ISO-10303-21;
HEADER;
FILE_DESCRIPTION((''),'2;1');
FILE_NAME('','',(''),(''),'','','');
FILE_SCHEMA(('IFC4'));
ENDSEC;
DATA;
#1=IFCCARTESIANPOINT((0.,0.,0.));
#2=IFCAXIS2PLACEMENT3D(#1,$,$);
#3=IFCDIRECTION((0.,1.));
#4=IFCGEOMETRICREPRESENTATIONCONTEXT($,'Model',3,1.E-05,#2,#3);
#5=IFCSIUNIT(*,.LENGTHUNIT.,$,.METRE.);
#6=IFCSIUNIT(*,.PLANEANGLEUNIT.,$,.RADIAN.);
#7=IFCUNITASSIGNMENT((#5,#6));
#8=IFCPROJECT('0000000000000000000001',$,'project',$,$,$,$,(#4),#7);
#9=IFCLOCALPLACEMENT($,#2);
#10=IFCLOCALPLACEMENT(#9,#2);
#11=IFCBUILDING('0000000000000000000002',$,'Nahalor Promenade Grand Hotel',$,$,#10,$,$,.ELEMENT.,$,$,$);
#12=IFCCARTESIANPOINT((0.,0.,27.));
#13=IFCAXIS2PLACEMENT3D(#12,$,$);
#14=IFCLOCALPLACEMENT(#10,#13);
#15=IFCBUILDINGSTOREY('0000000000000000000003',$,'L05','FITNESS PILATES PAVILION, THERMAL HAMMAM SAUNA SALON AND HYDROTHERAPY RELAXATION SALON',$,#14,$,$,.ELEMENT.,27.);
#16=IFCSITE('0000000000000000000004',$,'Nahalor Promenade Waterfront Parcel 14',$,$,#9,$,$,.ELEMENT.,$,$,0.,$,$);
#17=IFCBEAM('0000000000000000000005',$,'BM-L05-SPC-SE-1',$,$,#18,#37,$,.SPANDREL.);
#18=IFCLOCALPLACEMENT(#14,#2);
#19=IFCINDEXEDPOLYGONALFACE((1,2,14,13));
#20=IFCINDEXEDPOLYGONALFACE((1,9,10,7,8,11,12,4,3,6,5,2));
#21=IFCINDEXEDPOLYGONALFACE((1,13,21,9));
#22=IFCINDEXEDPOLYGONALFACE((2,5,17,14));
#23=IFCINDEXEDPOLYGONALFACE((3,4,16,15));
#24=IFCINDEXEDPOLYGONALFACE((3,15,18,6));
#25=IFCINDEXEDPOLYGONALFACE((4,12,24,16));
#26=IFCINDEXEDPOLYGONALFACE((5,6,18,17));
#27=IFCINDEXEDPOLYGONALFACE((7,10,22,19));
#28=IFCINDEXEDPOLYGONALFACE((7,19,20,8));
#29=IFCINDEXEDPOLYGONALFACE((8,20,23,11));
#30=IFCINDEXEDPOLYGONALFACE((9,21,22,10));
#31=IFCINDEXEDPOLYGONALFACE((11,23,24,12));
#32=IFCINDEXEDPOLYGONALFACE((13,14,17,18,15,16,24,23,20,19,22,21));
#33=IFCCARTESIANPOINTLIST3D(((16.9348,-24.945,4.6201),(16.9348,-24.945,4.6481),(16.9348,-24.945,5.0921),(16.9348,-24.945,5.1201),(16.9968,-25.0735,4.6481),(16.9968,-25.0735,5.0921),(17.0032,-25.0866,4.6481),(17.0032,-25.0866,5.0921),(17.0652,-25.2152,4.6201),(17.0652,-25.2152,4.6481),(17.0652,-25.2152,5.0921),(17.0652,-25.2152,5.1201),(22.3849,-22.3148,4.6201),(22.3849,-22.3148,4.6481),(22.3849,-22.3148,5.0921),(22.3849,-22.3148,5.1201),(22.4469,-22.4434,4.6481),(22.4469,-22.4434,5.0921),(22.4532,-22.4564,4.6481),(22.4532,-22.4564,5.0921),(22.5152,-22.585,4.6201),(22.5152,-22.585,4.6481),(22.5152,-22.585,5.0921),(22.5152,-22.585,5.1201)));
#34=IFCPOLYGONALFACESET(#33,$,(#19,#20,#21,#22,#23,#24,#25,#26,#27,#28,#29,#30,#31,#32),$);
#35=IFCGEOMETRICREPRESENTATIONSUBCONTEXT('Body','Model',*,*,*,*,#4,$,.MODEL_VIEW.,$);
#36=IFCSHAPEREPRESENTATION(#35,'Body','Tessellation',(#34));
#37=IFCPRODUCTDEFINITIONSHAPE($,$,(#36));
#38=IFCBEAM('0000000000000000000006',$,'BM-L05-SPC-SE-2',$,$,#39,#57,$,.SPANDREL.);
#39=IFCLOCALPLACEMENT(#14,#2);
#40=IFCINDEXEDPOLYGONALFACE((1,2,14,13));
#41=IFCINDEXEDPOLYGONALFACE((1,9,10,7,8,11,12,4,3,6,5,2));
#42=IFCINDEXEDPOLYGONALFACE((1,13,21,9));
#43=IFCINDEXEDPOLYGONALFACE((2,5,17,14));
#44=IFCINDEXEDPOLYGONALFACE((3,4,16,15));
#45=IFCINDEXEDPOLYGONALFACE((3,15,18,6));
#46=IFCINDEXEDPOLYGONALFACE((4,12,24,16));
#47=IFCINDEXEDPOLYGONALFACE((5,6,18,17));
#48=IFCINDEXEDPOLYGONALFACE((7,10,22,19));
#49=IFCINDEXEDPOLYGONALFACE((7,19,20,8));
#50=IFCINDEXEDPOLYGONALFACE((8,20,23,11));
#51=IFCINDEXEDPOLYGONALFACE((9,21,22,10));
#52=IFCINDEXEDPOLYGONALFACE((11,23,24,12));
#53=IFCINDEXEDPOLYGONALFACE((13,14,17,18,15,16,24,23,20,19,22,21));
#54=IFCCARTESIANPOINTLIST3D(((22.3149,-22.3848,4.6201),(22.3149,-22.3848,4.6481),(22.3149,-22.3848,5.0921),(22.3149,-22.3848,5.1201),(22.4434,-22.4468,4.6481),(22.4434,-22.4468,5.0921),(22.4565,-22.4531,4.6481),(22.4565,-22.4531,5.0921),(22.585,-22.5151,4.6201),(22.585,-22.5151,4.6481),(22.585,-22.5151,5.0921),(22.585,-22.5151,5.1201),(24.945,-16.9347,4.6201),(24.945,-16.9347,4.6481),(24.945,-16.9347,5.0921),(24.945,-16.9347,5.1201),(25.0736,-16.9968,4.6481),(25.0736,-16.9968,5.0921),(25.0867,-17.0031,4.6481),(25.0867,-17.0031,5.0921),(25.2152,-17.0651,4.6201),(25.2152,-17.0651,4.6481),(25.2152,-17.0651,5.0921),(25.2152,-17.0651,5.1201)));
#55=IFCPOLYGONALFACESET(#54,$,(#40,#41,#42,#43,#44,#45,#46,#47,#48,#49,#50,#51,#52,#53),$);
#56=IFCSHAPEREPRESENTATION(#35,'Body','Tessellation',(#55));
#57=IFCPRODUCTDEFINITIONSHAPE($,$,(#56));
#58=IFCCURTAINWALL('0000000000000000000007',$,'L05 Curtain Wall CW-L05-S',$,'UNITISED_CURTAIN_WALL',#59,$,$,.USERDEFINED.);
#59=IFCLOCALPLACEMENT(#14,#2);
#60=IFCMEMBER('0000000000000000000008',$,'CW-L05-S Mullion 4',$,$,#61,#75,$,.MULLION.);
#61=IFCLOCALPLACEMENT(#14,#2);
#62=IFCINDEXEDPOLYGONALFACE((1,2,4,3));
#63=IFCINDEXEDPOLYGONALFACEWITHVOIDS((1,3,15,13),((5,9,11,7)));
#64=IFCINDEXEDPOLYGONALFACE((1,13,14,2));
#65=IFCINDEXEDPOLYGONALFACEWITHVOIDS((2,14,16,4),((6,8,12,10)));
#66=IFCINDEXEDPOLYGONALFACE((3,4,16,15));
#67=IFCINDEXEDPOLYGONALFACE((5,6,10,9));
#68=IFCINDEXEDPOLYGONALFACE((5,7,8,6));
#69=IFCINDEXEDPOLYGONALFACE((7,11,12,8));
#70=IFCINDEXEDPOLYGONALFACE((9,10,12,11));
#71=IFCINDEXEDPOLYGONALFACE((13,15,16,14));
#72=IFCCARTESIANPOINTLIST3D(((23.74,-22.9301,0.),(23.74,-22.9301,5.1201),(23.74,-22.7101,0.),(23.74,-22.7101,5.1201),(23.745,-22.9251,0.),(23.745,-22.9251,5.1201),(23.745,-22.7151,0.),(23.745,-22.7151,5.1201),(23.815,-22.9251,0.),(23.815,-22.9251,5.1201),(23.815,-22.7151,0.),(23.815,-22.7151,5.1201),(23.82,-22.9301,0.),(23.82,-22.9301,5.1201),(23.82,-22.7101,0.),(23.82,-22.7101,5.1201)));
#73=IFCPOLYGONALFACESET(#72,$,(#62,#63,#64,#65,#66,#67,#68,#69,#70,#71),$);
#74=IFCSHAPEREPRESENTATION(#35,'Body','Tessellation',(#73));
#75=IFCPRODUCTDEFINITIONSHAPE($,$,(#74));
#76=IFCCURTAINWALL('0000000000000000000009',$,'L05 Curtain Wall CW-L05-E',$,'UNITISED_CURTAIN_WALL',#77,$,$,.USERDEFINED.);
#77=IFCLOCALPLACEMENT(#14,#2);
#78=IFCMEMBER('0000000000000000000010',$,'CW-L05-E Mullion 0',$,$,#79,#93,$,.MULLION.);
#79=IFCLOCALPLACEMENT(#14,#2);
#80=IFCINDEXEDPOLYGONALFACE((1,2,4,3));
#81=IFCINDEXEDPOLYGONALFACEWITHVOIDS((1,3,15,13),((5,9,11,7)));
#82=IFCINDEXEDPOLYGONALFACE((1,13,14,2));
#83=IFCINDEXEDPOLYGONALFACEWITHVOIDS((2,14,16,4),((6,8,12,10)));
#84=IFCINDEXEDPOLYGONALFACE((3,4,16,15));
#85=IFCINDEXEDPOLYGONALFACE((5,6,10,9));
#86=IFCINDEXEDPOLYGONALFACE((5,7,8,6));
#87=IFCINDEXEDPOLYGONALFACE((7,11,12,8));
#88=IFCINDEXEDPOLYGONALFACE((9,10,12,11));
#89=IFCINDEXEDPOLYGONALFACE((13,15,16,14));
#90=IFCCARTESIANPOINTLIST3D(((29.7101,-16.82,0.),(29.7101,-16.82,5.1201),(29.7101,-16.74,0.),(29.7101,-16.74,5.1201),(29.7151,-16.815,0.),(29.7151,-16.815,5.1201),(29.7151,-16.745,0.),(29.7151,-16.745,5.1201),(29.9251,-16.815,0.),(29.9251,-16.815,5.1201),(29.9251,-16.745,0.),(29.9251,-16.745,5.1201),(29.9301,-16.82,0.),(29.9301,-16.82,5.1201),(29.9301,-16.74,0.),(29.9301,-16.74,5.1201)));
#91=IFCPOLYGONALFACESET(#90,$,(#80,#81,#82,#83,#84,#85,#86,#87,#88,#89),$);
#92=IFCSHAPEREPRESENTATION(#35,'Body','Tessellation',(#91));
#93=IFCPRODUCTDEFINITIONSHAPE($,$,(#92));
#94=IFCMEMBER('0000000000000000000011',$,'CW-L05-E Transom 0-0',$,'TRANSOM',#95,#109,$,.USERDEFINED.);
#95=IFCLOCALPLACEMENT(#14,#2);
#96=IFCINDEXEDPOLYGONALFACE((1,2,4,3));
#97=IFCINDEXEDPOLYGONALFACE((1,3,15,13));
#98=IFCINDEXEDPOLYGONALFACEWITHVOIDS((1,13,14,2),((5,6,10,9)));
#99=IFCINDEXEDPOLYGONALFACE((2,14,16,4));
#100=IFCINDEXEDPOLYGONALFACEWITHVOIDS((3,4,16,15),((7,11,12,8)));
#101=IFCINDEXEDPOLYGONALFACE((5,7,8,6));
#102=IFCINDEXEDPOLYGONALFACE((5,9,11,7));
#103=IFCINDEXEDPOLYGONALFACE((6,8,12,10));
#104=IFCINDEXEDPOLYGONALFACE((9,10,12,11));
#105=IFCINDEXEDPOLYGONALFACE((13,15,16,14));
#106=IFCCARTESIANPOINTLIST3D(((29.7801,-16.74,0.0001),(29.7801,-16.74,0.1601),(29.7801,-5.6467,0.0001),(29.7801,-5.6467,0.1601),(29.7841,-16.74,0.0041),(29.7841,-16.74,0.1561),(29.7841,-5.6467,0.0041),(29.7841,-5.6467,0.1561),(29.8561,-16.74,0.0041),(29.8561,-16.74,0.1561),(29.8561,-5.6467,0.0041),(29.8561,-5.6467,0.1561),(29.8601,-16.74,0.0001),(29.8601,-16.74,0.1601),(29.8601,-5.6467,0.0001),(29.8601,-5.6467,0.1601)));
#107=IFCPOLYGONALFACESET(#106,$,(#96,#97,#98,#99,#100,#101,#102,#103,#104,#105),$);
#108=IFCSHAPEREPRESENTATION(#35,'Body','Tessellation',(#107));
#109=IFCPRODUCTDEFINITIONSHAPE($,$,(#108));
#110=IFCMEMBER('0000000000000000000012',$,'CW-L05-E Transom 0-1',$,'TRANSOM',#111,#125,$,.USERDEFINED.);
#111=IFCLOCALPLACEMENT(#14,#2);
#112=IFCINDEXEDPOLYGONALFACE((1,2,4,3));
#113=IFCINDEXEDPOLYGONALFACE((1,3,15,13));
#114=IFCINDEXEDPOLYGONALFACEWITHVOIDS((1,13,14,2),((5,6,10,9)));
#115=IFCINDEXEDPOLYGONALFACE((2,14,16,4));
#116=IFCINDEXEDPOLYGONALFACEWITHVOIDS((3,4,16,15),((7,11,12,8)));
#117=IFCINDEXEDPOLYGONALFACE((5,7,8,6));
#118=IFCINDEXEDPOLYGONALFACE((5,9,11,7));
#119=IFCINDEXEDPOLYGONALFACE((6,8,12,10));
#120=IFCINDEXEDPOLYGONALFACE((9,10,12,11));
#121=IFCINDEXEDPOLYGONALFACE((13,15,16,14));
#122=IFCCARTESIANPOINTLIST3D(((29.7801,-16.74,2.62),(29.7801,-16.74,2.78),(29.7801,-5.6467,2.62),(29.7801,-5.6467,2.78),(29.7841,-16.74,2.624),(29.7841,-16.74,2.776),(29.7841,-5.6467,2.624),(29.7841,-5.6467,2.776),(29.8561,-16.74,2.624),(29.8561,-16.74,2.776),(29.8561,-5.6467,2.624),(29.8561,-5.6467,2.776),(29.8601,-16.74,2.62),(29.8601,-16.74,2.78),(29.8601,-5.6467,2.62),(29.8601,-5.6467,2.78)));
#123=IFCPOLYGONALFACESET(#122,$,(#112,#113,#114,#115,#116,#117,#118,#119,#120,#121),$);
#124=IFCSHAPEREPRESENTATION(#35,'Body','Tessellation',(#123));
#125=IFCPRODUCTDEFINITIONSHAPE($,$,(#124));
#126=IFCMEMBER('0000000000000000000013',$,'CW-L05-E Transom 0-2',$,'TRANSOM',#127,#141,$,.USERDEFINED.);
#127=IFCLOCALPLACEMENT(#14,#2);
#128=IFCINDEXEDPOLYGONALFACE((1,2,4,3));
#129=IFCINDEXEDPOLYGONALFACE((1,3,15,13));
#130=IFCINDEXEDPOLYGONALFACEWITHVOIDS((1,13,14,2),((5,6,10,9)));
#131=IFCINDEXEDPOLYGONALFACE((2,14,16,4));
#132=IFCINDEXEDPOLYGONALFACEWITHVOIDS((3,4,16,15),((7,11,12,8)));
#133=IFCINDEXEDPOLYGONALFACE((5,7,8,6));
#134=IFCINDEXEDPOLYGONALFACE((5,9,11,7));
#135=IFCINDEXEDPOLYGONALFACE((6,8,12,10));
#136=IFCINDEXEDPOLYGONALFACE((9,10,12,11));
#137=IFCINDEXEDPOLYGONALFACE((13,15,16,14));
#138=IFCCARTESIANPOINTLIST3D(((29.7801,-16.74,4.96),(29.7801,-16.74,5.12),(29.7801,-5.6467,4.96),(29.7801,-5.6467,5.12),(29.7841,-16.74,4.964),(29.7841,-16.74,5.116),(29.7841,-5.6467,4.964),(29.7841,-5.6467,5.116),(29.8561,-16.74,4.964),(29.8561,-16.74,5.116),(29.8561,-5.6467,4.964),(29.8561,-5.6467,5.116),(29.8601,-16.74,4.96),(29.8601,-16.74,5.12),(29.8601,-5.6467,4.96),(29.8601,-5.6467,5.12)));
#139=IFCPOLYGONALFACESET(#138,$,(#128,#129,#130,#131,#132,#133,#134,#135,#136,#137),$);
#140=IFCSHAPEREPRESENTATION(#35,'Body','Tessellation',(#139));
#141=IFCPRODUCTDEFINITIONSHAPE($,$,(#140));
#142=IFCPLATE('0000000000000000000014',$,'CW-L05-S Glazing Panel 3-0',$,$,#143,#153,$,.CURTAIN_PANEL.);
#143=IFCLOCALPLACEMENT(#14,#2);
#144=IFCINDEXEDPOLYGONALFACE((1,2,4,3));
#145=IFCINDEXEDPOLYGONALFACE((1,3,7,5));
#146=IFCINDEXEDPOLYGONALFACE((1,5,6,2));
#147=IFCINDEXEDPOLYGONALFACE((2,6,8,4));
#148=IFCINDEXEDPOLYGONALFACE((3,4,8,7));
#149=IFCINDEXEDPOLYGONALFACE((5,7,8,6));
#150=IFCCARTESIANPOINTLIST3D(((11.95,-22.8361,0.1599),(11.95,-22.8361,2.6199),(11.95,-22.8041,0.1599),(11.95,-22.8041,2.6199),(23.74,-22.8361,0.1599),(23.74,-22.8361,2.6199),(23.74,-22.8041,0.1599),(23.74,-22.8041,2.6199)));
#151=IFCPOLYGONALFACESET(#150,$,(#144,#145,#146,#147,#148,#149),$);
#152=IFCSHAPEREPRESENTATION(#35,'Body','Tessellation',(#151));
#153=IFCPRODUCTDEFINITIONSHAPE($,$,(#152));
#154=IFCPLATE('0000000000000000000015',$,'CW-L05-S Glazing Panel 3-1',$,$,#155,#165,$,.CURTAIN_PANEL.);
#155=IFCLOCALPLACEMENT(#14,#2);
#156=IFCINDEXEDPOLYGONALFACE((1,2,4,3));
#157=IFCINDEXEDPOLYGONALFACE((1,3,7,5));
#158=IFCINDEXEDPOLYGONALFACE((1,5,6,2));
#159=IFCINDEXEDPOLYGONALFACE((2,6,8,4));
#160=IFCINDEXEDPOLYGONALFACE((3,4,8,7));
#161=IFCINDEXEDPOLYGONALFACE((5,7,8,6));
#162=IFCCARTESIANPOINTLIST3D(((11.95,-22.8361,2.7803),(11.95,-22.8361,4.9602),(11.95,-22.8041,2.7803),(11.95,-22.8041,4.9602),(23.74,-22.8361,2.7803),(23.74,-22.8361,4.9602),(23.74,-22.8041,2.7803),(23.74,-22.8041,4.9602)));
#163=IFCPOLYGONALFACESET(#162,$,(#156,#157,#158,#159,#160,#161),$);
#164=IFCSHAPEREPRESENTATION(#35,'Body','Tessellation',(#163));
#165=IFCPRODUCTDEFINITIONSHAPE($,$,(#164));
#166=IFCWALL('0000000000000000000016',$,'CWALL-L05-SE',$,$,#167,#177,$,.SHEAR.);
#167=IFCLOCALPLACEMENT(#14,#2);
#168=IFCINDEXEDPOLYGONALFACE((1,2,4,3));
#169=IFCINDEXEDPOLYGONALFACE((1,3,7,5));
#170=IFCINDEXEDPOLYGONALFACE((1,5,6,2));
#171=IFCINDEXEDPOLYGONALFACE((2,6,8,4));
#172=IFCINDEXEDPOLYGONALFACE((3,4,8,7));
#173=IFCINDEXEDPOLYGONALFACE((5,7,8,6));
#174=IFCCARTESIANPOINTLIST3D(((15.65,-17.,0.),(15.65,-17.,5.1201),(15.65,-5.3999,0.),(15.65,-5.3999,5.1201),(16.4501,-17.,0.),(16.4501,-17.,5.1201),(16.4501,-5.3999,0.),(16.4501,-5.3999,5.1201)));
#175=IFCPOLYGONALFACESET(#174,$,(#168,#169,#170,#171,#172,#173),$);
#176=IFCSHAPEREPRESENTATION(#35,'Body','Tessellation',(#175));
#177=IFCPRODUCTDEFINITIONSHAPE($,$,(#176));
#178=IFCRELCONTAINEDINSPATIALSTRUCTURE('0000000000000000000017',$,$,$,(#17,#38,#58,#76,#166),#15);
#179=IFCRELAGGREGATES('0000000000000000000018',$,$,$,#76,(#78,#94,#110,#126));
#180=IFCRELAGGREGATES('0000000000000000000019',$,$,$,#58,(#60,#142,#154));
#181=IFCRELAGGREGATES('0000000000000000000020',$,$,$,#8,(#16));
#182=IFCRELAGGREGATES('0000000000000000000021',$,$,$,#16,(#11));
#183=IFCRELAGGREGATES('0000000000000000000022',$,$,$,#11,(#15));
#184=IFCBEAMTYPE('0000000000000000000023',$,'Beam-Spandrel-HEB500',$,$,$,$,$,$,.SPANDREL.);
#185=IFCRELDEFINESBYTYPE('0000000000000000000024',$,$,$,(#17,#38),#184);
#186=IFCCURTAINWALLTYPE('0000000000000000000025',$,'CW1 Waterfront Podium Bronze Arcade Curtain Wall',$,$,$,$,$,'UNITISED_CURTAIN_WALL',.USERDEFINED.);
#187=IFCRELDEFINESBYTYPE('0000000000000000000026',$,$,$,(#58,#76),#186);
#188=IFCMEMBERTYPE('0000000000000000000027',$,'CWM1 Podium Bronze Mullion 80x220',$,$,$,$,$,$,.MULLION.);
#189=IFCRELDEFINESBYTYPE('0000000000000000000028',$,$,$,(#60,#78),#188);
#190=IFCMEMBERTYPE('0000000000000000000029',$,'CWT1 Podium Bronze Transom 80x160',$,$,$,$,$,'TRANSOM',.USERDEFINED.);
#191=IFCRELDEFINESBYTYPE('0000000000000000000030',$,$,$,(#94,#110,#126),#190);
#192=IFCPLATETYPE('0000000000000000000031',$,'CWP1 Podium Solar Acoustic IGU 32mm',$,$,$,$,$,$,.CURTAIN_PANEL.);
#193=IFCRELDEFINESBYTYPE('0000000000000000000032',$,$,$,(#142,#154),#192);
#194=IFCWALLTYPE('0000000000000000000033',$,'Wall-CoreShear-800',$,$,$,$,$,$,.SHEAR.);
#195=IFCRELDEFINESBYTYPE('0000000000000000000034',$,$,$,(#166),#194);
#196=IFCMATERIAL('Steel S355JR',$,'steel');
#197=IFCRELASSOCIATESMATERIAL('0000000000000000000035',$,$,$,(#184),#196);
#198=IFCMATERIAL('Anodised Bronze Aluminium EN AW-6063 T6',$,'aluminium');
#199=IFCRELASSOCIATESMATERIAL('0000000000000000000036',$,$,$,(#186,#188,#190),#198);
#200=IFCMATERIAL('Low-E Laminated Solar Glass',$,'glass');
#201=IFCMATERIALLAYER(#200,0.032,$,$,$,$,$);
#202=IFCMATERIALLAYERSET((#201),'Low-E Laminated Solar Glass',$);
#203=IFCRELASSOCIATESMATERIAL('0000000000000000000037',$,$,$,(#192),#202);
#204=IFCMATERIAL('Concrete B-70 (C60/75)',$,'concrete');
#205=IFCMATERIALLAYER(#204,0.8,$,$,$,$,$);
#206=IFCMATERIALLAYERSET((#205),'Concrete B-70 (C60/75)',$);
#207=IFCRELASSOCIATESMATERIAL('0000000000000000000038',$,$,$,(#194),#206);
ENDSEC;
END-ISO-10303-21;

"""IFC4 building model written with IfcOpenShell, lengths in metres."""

from ifc_helpers import new_model, si_unit, direction, frame, frame_2d, origin, origin_2d, place, context, subcontext, project, spatial, rectangle, hollow_rectangle, i_section, extrude, source, transform, mapped, material, layer, layer_set, material_profile, profile_set, type_object, element, aggregate, save


model = new_model("IFC4")

# Units and contexts
model_context = context("Model", 3, precision=1e-05, world=origin(), true_north=direction((0.0, 1.0)))
body_context = subcontext(model_context, "Body", "Model", "MODEL_VIEW")
ifc_project = project(units=[si_unit("LENGTHUNIT", "METRE"), si_unit("PLANEANGLEUNIT", "RADIAN")], contexts=[model_context])

# Site, building, storey
site_placement = place(None, origin())
site = spatial("IfcSite", under=ifc_project, at=site_placement, Name="Nahalor Promenade Waterfront Parcel 14", CompositionType="ELEMENT", RefElevation=0.0)
building_placement = place(site_placement, origin())
building = spatial("IfcBuilding", under=site, at=building_placement, Name="Nahalor Promenade Grand Hotel", CompositionType="ELEMENT")
storey_placement = place(building_placement, frame((0.0, 0.0, 27.0)))
storey = spatial("IfcBuildingStorey", under=building, at=storey_placement, Name="L05", Description="FITNESS PILATES PAVILION, THERMAL HAMMAM SAUNA SALON AND HYDROTHERAPY RELAXATION SALON", CompositionType="ELEMENT", Elevation=27.0)

# Shared definitions
ifc_material_1 = material(Name="Concrete B-70 (C60/75)", Category="concrete")

# Beams
ifc_material_2 = material(Name="Steel S355JR", Category="steel")
ifc_material_profile_1 = material_profile(ifc_material_2, i_section(OverallWidth=0.3, OverallDepth=0.5, WebThickness=0.0145, FlangeThickness=0.028, at=origin_2d()), Name="HEB 500")
ifc_profile_set_1 = profile_set([ifc_material_profile_1], Name="Steel S355JR")
beam_type_1 = type_object("IfcBeamType", Name="Beam-Spandrel-HEB500", PredefinedType="SPANDREL", material=ifc_profile_set_1)
shared_shape_1 = source(origin(), body_context, "Body", "SweptSolid", [
    extrude(i_section(OverallWidth=0.3, OverallDepth=0.5, WebThickness=0.0145, FlangeThickness=0.028, at=origin_2d()), origin(), (0.0, 0.0, 1.0), 6.0515),
])
for number, where, z_axis, x_axis, name in (
    (1, (17.0, -25.0801, 4.8701), (0.900609, 0.434631, 0.0), (-0.434631, 0.900609, 0.0), "BM-L05-SPC-SE-1"),
    (2, (22.45, -22.45, 4.8701), (0.434631, 0.900609, 0.0), (-0.900609, 0.434631, 0.0), "BM-L05-SPC-SE-2"),
):
    element("IfcBeam", number, at=place(storey_placement, frame(where, z_axis=z_axis, x_axis=x_axis)), inside=storey, type_object=beam_type_1, Name=name, PredefinedType="SPANDREL", context=body_context, shape_type="MappedRepresentation", body=[
        mapped(shared_shape_1, transform((0.0, 0.0, 0.0), scale=1.0)),
    ])

# Curtain wall, member
ifc_material_3 = material(Name="Anodised Bronze Aluminium EN AW-6063 T6", Category="aluminium")
curtain_wall_type = type_object("IfcCurtainWallType", Name="CW1 Waterfront Podium Bronze Arcade Curtain Wall", ElementType="UNITISED_CURTAIN_WALL", PredefinedType="USERDEFINED", material=ifc_material_3)
curtain_wall_1_placement = place(storey_placement, origin())
curtain_wall_1 = element("IfcCurtainWall", 3, at=curtain_wall_1_placement, inside=storey, type_object=curtain_wall_type, Name="L05 Curtain Wall CW-L05-S", ObjectType="UNITISED_CURTAIN_WALL", PredefinedType="USERDEFINED")
ifc_material_profile_2 = material_profile(ifc_material_3, hollow_rectangle(XDim=0.08, YDim=0.22, WallThickness=0.005, at=origin_2d()), Name="CWM 80x220x5")
ifc_profile_set_2 = profile_set([ifc_material_profile_2], Name="Anodised Bronze Aluminium EN AW-6063 T6")
member_type_1 = type_object("IfcMemberType", Name="CWM1 Podium Bronze Mullion 80x220", PredefinedType="MULLION", material=ifc_profile_set_2)
shared_shape_2 = source(origin(), body_context, "Body", "SweptSolid", [
    extrude(hollow_rectangle(XDim=0.08, YDim=0.22, WallThickness=0.005, at=origin_2d()), origin(), (0.0, 0.0, 1.0), 5.1201),
])
member_1_placement = place(storey_placement, frame((23.78, -22.8201, 0.0), z_axis=(0.0, 0.0, 1.0), x_axis=(1.0, 0.0, 0.0)))
member_1 = element("IfcMember", 4, at=member_1_placement, type_object=member_type_1, Name="CW-L05-S Mullion 4", PredefinedType="MULLION", context=body_context, shape_type="MappedRepresentation", body=[
    mapped(shared_shape_2, transform((0.0, 0.0, 0.0), scale=1.0)),
])

# Curtain wall, members
curtain_wall_2_placement = place(storey_placement, origin())
curtain_wall_2 = element("IfcCurtainWall", 5, at=curtain_wall_2_placement, inside=storey, type_object=curtain_wall_type, Name="L05 Curtain Wall CW-L05-E", ObjectType="UNITISED_CURTAIN_WALL", PredefinedType="USERDEFINED")
member_2_placement = place(storey_placement, frame((29.8201, -16.78, 0.0), z_axis=(0.0, 0.0, 1.0), x_axis=(0.0, 1.0, 0.0)))
member_2 = element("IfcMember", 6, at=member_2_placement, type_object=member_type_1, Name="CW-L05-E Mullion 0", PredefinedType="MULLION", context=body_context, shape_type="MappedRepresentation", body=[
    mapped(shared_shape_2, transform((0.0, 0.0, 0.0), scale=1.0)),
])
ifc_material_profile_3 = material_profile(ifc_material_3, hollow_rectangle(XDim=0.08, YDim=0.16, WallThickness=0.004, at=origin_2d()), Name="CWT 80x160x4")
ifc_profile_set_3 = profile_set([ifc_material_profile_3], Name="Anodised Bronze Aluminium EN AW-6063 T6")
member_type_2 = type_object("IfcMemberType", Name="CWT1 Podium Bronze Transom 80x160", ElementType="TRANSOM", PredefinedType="USERDEFINED", material=ifc_profile_set_3)
shared_shape_3 = source(origin(), body_context, "Body", "SweptSolid", [
    extrude(hollow_rectangle(XDim=0.08, YDim=0.16, WallThickness=0.004, at=origin_2d()), origin(), (0.0, 0.0, 1.0), 11.0933),
])
member_3_placement = place(storey_placement, frame((29.8201, -16.74, 0.0801), z_axis=(0.0, 1.0, 0.0), x_axis=(-1.0, 0.0, 0.0)))
member_3 = element("IfcMember", 7, at=member_3_placement, type_object=member_type_2, Name="CW-L05-E Transom 0-0", ObjectType="TRANSOM", PredefinedType="USERDEFINED", context=body_context, shape_type="MappedRepresentation", body=[
    mapped(shared_shape_3, transform((0.0, 0.0, 0.0), scale=1.0)),
])
member_4_placement = place(storey_placement, frame((29.8201, -16.74, 2.7), z_axis=(0.0, 1.0, 0.0), x_axis=(-1.0, 0.0, 0.0)))
member_4 = element("IfcMember", 8, at=member_4_placement, type_object=member_type_2, Name="CW-L05-E Transom 0-1", ObjectType="TRANSOM", PredefinedType="USERDEFINED", context=body_context, shape_type="MappedRepresentation", body=[
    mapped(shared_shape_3, transform((0.0, 0.0, 0.0), scale=1.0)),
])
member_5_placement = place(storey_placement, frame((29.8201, -16.74, 5.04), z_axis=(0.0, 1.0, 0.0), x_axis=(-1.0, 0.0, 0.0)))
member_5 = element("IfcMember", 9, at=member_5_placement, type_object=member_type_2, Name="CW-L05-E Transom 0-2", ObjectType="TRANSOM", PredefinedType="USERDEFINED", context=body_context, shape_type="MappedRepresentation", body=[
    mapped(shared_shape_3, transform((0.0, 0.0, 0.0), scale=1.0)),
])
aggregate(curtain_wall_2, [member_2, member_3, member_4, member_5])

# Plates
ifc_material_4 = material(Name="Low-E Laminated Solar Glass", Category="glass")
ifc_layer_1 = layer(ifc_material_4, 0.032)
ifc_layer_set_1 = layer_set([ifc_layer_1], Name="Low-E Laminated Solar Glass")
plate_type = type_object("IfcPlateType", Name="CWP1 Podium Solar Acoustic IGU 32mm", PredefinedType="CURTAIN_PANEL", material=ifc_layer_set_1)
shared_shape_4 = source(origin(), body_context, "Body", "SweptSolid", [
    extrude(rectangle(XDim=11.79, YDim=0.032, at=origin_2d()), origin(), (0.0, 0.0, 1.0), 2.46),
])
plate_1_placement = place(storey_placement, frame((17.845, -22.8201, 0.1599), z_axis=(0.0, 0.0, 1.0), x_axis=(1.0, 0.0, 0.0)))
plate_1 = element("IfcPlate", 10, at=plate_1_placement, type_object=plate_type, Name="CW-L05-S Glazing Panel 3-0", PredefinedType="CURTAIN_PANEL", context=body_context, shape_type="MappedRepresentation", body=[
    mapped(shared_shape_4, transform((0.0, 0.0, 0.0), scale=1.0)),
])
shared_shape_5 = source(origin(), body_context, "Body", "SweptSolid", [
    extrude(rectangle(XDim=11.79, YDim=0.032, at=origin_2d()), origin(), (0.0, 0.0, 1.0), 2.1799),
])
plate_2_placement = place(storey_placement, frame((17.845, -22.8201, 2.7803), z_axis=(0.0, 0.0, 1.0), x_axis=(1.0, 0.0, 0.0)))
plate_2 = element("IfcPlate", 11, at=plate_2_placement, type_object=plate_type, Name="CW-L05-S Glazing Panel 3-1", PredefinedType="CURTAIN_PANEL", context=body_context, shape_type="MappedRepresentation", body=[
    mapped(shared_shape_5, transform((0.0, 0.0, 0.0), scale=1.0)),
])
aggregate(curtain_wall_1, [member_1, plate_1, plate_2])

# Wall
ifc_layer_2 = layer(ifc_material_1, 0.8)
ifc_layer_set_2 = layer_set([ifc_layer_2], Name="Concrete B-70 (C60/75)")
wall_type_1 = type_object("IfcWallType", Name="Wall-CoreShear-800", PredefinedType="SHEAR", material=ifc_layer_set_2)
shared_shape_6 = source(origin(), body_context, "Body", "SweptSolid", [
    extrude(rectangle(XDim=11.6001, YDim=0.8, at=frame_2d((5.8, 0.0))), origin(), (0.0, 0.0, 1.0), 5.1201),
])
wall_1_placement = place(storey_placement, frame((16.05, -17.0, 0.0), z_axis=(0.0, 0.0, 1.0), x_axis=(0.0, 1.0, 0.0)))
element("IfcWall", 12, at=wall_1_placement, inside=storey, type_object=wall_type_1, Name="CWALL-L05-SE", PredefinedType="SHEAR", context=body_context, shape_type="MappedRepresentation", body=[
    mapped(shared_shape_6, transform((0.0, 0.0, 0.0), scale=1.0)),
])

save(model, "model.ifc")
